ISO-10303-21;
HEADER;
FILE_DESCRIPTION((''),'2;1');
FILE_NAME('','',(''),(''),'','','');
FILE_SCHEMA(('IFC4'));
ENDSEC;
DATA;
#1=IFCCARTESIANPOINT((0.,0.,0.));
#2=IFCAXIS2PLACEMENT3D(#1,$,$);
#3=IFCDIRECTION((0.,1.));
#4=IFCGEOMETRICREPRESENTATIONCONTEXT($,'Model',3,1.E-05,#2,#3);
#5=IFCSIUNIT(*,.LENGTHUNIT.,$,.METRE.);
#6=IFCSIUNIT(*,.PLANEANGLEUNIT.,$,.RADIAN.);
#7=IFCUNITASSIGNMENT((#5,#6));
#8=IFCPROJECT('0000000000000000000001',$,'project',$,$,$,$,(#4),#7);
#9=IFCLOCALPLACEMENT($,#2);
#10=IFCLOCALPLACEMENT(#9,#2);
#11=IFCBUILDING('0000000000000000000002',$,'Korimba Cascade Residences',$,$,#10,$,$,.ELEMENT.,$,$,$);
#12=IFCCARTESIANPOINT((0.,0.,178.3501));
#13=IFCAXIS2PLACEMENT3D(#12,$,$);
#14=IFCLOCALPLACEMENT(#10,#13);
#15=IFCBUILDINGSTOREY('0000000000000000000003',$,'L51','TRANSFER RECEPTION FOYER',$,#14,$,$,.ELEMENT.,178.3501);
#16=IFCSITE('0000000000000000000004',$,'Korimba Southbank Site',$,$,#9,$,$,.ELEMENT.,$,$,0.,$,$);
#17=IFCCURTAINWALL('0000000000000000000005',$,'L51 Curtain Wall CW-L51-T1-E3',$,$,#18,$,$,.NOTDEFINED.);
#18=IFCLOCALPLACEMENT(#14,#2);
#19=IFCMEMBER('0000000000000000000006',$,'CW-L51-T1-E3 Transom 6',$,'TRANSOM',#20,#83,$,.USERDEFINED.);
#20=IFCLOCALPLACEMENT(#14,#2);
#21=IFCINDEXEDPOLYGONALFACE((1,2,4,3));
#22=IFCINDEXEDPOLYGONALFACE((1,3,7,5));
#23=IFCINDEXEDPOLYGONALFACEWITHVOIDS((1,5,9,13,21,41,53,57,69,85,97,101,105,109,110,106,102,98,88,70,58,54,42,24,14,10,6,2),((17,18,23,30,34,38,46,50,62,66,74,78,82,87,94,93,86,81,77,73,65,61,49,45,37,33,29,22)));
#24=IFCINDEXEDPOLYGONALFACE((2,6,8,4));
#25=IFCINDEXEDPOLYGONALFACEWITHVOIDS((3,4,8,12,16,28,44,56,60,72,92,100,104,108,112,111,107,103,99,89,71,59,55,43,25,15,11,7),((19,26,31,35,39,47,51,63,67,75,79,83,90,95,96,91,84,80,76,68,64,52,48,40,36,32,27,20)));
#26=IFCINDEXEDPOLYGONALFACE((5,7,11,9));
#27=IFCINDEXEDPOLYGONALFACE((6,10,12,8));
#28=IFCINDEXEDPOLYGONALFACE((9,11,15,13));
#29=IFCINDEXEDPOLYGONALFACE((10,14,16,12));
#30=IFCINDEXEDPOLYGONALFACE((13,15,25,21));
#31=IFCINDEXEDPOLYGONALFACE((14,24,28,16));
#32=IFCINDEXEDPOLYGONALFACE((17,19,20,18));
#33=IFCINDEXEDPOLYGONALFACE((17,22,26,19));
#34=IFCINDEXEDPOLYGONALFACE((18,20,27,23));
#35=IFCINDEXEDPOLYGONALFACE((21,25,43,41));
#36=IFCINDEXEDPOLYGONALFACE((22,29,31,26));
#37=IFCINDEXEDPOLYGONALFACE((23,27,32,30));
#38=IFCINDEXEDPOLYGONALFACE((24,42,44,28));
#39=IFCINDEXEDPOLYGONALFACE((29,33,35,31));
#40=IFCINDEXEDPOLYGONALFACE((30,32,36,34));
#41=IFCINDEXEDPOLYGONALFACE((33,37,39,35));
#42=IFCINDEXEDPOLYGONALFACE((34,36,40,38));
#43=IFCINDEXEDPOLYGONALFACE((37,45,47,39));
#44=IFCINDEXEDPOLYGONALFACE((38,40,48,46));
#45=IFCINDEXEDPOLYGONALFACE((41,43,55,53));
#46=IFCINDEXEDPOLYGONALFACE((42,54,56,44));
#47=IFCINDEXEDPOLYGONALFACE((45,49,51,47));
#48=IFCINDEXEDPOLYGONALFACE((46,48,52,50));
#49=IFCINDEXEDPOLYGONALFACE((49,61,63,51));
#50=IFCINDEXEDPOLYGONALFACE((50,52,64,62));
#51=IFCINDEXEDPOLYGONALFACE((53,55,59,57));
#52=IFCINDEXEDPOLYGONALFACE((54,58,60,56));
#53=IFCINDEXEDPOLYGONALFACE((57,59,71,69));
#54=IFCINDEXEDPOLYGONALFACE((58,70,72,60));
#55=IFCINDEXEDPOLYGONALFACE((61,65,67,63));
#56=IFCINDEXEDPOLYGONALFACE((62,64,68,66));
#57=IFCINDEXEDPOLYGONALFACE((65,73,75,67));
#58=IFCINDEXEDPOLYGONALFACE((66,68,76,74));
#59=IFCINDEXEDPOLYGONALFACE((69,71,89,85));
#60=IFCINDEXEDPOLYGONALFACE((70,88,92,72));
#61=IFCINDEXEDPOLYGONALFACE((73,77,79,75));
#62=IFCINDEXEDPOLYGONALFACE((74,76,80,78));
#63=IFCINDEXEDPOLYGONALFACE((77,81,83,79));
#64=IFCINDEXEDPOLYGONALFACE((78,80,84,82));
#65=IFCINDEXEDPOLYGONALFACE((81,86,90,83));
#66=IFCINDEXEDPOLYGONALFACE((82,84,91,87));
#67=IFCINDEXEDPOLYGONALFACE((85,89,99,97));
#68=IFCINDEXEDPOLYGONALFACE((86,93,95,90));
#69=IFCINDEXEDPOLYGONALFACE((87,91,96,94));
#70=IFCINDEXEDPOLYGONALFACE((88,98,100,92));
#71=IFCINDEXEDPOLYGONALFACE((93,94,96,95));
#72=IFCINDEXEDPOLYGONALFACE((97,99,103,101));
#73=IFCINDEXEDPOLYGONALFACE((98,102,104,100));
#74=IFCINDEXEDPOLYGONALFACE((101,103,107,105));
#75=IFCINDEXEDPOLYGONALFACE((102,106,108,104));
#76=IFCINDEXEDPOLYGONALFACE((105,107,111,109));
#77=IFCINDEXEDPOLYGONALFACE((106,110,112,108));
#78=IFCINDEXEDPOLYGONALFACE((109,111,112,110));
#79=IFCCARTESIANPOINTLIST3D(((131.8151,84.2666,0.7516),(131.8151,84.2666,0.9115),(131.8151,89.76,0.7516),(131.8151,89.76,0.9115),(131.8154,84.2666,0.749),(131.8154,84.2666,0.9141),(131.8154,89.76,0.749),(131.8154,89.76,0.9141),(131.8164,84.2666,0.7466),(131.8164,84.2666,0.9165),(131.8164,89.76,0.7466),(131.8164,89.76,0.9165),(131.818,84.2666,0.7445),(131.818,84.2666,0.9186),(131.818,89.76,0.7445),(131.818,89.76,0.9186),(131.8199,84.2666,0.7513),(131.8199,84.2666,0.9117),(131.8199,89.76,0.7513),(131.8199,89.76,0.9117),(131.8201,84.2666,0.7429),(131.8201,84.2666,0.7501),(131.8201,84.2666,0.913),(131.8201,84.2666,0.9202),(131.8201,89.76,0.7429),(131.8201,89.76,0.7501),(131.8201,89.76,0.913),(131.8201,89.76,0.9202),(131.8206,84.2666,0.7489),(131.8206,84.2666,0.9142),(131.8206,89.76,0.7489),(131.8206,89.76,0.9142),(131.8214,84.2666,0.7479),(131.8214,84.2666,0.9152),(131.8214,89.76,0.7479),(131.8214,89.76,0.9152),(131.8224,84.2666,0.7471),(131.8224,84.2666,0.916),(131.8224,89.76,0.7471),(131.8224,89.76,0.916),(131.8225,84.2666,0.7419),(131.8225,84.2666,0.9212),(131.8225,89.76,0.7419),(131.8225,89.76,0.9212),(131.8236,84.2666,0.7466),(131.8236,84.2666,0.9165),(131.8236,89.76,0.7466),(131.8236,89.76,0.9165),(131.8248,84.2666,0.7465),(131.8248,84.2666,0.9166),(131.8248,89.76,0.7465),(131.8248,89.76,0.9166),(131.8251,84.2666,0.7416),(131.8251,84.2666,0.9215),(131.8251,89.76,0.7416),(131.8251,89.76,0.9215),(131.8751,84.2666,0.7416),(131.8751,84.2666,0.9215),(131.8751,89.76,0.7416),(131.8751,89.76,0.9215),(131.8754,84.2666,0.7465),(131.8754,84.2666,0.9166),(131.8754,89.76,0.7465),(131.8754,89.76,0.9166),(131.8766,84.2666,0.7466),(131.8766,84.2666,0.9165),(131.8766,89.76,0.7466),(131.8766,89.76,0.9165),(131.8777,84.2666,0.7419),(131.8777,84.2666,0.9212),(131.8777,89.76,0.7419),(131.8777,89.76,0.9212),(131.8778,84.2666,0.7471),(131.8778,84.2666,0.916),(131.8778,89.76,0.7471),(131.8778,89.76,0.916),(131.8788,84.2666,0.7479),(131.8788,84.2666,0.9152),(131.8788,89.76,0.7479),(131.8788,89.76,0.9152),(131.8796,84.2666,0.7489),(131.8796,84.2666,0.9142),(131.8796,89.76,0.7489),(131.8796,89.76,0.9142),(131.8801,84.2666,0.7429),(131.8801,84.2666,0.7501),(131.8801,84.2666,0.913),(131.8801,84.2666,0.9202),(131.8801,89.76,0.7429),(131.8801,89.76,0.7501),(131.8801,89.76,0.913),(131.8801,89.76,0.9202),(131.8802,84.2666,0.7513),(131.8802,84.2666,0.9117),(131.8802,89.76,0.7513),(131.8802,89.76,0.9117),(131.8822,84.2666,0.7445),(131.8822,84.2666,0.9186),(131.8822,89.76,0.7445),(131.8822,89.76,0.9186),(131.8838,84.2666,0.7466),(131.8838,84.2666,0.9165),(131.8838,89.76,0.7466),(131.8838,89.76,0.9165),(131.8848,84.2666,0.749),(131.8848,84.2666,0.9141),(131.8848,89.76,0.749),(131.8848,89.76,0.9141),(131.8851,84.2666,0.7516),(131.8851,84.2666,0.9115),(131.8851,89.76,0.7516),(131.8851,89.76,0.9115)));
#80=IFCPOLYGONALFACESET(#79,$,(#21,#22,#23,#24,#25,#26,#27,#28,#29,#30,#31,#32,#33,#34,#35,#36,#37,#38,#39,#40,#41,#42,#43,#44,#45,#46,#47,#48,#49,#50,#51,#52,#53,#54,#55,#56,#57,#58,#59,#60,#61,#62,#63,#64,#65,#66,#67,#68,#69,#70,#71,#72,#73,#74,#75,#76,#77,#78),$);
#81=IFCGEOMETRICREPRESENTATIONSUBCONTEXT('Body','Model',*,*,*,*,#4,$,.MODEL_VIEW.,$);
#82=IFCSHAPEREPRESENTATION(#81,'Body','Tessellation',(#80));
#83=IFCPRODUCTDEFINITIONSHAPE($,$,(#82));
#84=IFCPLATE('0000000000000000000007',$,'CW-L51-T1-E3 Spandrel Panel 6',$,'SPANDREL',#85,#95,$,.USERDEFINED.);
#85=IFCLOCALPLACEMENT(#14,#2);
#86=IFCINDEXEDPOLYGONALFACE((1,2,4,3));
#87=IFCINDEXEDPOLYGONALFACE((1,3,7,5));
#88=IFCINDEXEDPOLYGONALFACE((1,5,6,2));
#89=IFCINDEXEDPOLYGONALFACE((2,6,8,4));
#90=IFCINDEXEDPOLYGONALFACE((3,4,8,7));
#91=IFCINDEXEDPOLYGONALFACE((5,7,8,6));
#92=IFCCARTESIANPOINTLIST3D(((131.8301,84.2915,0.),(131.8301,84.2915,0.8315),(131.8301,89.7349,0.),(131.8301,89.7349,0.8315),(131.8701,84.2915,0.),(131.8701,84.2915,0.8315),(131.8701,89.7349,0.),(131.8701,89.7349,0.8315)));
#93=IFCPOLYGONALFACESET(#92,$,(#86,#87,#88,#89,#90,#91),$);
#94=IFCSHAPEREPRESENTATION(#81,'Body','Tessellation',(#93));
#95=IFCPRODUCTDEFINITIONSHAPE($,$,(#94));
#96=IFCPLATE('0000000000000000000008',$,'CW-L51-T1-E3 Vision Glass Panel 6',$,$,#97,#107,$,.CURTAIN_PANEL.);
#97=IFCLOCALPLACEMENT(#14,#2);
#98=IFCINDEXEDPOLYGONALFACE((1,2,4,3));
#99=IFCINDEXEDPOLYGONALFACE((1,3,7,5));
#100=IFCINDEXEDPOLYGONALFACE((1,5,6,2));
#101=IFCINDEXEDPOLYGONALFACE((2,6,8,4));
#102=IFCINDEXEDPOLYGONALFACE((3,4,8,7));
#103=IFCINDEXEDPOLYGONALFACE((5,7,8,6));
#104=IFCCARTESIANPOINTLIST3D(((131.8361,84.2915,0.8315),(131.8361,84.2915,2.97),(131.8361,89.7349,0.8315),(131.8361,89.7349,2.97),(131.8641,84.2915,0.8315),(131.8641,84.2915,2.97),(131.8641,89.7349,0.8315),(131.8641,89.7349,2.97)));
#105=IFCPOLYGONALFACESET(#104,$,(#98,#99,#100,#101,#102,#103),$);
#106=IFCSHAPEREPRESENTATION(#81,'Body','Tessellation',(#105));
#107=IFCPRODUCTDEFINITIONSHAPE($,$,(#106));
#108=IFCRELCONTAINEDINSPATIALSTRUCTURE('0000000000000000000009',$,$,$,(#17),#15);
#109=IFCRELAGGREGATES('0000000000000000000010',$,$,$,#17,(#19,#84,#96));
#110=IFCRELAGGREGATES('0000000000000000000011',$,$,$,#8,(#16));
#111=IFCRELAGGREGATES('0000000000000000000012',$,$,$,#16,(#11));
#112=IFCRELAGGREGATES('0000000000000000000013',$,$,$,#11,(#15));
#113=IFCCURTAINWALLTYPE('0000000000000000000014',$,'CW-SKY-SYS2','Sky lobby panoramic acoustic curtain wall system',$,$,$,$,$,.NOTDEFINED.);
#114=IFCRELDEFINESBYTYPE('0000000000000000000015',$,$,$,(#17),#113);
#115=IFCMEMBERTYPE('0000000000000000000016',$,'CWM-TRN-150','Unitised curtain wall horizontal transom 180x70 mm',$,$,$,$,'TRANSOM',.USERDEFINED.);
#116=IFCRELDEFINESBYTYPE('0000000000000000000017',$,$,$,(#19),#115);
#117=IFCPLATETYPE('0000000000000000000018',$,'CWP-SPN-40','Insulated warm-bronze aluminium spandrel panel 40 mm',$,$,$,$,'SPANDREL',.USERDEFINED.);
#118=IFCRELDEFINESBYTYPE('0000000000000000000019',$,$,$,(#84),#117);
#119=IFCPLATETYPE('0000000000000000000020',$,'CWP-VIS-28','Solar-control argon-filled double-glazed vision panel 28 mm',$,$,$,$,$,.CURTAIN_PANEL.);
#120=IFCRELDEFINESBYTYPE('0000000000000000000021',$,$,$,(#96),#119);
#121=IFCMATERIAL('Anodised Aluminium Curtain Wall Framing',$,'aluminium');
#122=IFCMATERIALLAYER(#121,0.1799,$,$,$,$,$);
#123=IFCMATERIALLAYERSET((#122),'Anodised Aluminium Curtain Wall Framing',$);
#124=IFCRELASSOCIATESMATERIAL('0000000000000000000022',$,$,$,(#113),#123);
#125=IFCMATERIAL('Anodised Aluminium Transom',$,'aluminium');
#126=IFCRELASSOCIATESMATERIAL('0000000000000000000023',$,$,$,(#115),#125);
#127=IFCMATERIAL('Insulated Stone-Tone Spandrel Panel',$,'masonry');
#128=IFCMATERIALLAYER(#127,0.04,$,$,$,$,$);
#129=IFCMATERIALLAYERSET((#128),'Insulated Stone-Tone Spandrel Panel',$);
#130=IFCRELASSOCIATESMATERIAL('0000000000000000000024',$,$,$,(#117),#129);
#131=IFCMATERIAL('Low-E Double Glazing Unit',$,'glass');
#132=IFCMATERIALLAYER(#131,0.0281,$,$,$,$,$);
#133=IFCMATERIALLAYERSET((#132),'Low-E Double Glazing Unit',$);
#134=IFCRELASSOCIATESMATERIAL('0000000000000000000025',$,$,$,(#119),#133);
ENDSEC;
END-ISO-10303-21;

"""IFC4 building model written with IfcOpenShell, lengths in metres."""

from ifc_helpers import new_model, si_unit, direction, frame, origin, origin_2d, place, context, subcontext, project, spatial, rectangle, hollow_rectangle, extrude, material, layer, layer_set, material_profile, profile_set, type_object, element, aggregate, save


model = new_model("IFC4")

# Units and contexts
model_context = context("Model", 3, precision=1e-05, world=origin(), true_north=direction((0.0, 1.0)))
body_context = subcontext(model_context, "Body", "Model", "MODEL_VIEW")
ifc_project = project(units=[si_unit("LENGTHUNIT", "METRE"), si_unit("PLANEANGLEUNIT", "RADIAN")], contexts=[model_context])

# Site, building, storey
site_placement = place(None, origin())
site = spatial("IfcSite", under=ifc_project, at=site_placement, Name="Korimba Southbank Site", CompositionType="ELEMENT", RefElevation=0.0)
building_placement = place(site_placement, origin())
building = spatial("IfcBuilding", under=site, at=building_placement, Name="Korimba Cascade Residences", CompositionType="ELEMENT")
storey_placement = place(building_placement, frame((0.0, 0.0, 178.3501)))
storey = spatial("IfcBuildingStorey", under=building, at=storey_placement, Name="L51", Description="TRANSFER RECEPTION FOYER", CompositionType="ELEMENT", Elevation=178.3501)

# Curtain wall, member, plates
ifc_material_1 = material(Name="Anodised Aluminium Curtain Wall Framing", Category="aluminium")
ifc_layer_1 = layer(ifc_material_1, 0.1799)
ifc_layer_set_1 = layer_set([ifc_layer_1], Name="Anodised Aluminium Curtain Wall Framing")
curtain_wall_type = type_object("IfcCurtainWallType", Name="CW-SKY-SYS2", Description="Sky lobby panoramic acoustic curtain wall system", PredefinedType="NOTDEFINED", material=ifc_layer_set_1)
curtain_wall_placement = place(storey_placement, origin())
curtain_wall = element("IfcCurtainWall", 1, at=curtain_wall_placement, inside=storey, type_object=curtain_wall_type, Name="L51 Curtain Wall CW-L51-T1-E3", PredefinedType="NOTDEFINED")
ifc_material_2 = material(Name="Anodised Aluminium Transom", Category="aluminium")
ifc_material_profile_1 = material_profile(ifc_material_2, hollow_rectangle(XDim=0.0701, YDim=0.1799, WallThickness=0.0049, InnerFilletRadius=0.0049, OuterFilletRadius=0.01, at=origin_2d()), Name="Anodised Aluminium Transom")
ifc_profile_set_1 = profile_set([ifc_material_profile_1], Name="Anodised Aluminium Transom")
member_type_1 = type_object("IfcMemberType", Name="CWM-TRN-150", Description="Unitised curtain wall horizontal transom 180x70 mm", ElementType="TRANSOM", PredefinedType="USERDEFINED", material=ifc_profile_set_1)
member_1_placement = place(storey_placement, frame((131.8501, 84.2666, 0.8315), z_axis=(0.0, 1.0, 0.0), x_axis=(-1.0, 0.0, 0.0)))
member_1 = element("IfcMember", 2, at=member_1_placement, type_object=member_type_1, Name="CW-L51-T1-E3 Transom 6", ObjectType="TRANSOM", PredefinedType="USERDEFINED", context=body_context, shape_type="SweptSolid", body=[
    extrude(hollow_rectangle(XDim=0.0701, YDim=0.1799, WallThickness=0.0049, InnerFilletRadius=0.0049, OuterFilletRadius=0.01, at=origin_2d()), origin(), (0.0, 0.0, 1.0), 5.4934),
])
ifc_material_3 = material(Name="Insulated Stone-Tone Spandrel Panel", Category="masonry")
ifc_layer_2 = layer(ifc_material_3, 0.04)
ifc_layer_set_2 = layer_set([ifc_layer_2], Name="Insulated Stone-Tone Spandrel Panel")
plate_type_1 = type_object("IfcPlateType", Name="CWP-SPN-40", Description="Insulated warm-bronze aluminium spandrel panel 40 mm", ElementType="SPANDREL", PredefinedType="USERDEFINED", material=ifc_layer_set_2)
plate_1_placement = place(storey_placement, frame((131.8501, 87.0132, 0.0), z_axis=(0.0, 0.0, 1.0), x_axis=(0.0, 1.0, 0.0)))
plate_1 = element("IfcPlate", 3, at=plate_1_placement, type_object=plate_type_1, Name="CW-L51-T1-E3 Spandrel Panel 6", ObjectType="SPANDREL", PredefinedType="USERDEFINED", context=body_context, shape_type="SweptSolid", body=[
    extrude(rectangle(XDim=5.4434, YDim=0.04, at=origin_2d()), origin(), (0.0, 0.0, 1.0), 0.8315),
])
ifc_material_4 = material(Name="Low-E Double Glazing Unit", Category="glass")
ifc_layer_3 = layer(ifc_material_4, 0.0281)
ifc_layer_set_3 = layer_set([ifc_layer_3], Name="Low-E Double Glazing Unit")
plate_type_2 = type_object("IfcPlateType", Name="CWP-VIS-28", Description="Solar-control argon-filled double-glazed vision panel 28 mm", PredefinedType="CURTAIN_PANEL", material=ifc_layer_set_3)
plate_2_placement = place(storey_placement, frame((131.8501, 87.0132, 0.8315), z_axis=(0.0, 0.0, 1.0), x_axis=(0.0, 1.0, 0.0)))
plate_2 = element("IfcPlate", 4, at=plate_2_placement, type_object=plate_type_2, Name="CW-L51-T1-E3 Vision Glass Panel 6", PredefinedType="CURTAIN_PANEL", context=body_context, shape_type="SweptSolid", body=[
    extrude(rectangle(XDim=5.4434, YDim=0.0281, at=origin_2d()), origin(), (0.0, 0.0, 1.0), 2.1384),
])
aggregate(curtain_wall, [member_1, plate_1, plate_2])

save(model, "model.ifc")
